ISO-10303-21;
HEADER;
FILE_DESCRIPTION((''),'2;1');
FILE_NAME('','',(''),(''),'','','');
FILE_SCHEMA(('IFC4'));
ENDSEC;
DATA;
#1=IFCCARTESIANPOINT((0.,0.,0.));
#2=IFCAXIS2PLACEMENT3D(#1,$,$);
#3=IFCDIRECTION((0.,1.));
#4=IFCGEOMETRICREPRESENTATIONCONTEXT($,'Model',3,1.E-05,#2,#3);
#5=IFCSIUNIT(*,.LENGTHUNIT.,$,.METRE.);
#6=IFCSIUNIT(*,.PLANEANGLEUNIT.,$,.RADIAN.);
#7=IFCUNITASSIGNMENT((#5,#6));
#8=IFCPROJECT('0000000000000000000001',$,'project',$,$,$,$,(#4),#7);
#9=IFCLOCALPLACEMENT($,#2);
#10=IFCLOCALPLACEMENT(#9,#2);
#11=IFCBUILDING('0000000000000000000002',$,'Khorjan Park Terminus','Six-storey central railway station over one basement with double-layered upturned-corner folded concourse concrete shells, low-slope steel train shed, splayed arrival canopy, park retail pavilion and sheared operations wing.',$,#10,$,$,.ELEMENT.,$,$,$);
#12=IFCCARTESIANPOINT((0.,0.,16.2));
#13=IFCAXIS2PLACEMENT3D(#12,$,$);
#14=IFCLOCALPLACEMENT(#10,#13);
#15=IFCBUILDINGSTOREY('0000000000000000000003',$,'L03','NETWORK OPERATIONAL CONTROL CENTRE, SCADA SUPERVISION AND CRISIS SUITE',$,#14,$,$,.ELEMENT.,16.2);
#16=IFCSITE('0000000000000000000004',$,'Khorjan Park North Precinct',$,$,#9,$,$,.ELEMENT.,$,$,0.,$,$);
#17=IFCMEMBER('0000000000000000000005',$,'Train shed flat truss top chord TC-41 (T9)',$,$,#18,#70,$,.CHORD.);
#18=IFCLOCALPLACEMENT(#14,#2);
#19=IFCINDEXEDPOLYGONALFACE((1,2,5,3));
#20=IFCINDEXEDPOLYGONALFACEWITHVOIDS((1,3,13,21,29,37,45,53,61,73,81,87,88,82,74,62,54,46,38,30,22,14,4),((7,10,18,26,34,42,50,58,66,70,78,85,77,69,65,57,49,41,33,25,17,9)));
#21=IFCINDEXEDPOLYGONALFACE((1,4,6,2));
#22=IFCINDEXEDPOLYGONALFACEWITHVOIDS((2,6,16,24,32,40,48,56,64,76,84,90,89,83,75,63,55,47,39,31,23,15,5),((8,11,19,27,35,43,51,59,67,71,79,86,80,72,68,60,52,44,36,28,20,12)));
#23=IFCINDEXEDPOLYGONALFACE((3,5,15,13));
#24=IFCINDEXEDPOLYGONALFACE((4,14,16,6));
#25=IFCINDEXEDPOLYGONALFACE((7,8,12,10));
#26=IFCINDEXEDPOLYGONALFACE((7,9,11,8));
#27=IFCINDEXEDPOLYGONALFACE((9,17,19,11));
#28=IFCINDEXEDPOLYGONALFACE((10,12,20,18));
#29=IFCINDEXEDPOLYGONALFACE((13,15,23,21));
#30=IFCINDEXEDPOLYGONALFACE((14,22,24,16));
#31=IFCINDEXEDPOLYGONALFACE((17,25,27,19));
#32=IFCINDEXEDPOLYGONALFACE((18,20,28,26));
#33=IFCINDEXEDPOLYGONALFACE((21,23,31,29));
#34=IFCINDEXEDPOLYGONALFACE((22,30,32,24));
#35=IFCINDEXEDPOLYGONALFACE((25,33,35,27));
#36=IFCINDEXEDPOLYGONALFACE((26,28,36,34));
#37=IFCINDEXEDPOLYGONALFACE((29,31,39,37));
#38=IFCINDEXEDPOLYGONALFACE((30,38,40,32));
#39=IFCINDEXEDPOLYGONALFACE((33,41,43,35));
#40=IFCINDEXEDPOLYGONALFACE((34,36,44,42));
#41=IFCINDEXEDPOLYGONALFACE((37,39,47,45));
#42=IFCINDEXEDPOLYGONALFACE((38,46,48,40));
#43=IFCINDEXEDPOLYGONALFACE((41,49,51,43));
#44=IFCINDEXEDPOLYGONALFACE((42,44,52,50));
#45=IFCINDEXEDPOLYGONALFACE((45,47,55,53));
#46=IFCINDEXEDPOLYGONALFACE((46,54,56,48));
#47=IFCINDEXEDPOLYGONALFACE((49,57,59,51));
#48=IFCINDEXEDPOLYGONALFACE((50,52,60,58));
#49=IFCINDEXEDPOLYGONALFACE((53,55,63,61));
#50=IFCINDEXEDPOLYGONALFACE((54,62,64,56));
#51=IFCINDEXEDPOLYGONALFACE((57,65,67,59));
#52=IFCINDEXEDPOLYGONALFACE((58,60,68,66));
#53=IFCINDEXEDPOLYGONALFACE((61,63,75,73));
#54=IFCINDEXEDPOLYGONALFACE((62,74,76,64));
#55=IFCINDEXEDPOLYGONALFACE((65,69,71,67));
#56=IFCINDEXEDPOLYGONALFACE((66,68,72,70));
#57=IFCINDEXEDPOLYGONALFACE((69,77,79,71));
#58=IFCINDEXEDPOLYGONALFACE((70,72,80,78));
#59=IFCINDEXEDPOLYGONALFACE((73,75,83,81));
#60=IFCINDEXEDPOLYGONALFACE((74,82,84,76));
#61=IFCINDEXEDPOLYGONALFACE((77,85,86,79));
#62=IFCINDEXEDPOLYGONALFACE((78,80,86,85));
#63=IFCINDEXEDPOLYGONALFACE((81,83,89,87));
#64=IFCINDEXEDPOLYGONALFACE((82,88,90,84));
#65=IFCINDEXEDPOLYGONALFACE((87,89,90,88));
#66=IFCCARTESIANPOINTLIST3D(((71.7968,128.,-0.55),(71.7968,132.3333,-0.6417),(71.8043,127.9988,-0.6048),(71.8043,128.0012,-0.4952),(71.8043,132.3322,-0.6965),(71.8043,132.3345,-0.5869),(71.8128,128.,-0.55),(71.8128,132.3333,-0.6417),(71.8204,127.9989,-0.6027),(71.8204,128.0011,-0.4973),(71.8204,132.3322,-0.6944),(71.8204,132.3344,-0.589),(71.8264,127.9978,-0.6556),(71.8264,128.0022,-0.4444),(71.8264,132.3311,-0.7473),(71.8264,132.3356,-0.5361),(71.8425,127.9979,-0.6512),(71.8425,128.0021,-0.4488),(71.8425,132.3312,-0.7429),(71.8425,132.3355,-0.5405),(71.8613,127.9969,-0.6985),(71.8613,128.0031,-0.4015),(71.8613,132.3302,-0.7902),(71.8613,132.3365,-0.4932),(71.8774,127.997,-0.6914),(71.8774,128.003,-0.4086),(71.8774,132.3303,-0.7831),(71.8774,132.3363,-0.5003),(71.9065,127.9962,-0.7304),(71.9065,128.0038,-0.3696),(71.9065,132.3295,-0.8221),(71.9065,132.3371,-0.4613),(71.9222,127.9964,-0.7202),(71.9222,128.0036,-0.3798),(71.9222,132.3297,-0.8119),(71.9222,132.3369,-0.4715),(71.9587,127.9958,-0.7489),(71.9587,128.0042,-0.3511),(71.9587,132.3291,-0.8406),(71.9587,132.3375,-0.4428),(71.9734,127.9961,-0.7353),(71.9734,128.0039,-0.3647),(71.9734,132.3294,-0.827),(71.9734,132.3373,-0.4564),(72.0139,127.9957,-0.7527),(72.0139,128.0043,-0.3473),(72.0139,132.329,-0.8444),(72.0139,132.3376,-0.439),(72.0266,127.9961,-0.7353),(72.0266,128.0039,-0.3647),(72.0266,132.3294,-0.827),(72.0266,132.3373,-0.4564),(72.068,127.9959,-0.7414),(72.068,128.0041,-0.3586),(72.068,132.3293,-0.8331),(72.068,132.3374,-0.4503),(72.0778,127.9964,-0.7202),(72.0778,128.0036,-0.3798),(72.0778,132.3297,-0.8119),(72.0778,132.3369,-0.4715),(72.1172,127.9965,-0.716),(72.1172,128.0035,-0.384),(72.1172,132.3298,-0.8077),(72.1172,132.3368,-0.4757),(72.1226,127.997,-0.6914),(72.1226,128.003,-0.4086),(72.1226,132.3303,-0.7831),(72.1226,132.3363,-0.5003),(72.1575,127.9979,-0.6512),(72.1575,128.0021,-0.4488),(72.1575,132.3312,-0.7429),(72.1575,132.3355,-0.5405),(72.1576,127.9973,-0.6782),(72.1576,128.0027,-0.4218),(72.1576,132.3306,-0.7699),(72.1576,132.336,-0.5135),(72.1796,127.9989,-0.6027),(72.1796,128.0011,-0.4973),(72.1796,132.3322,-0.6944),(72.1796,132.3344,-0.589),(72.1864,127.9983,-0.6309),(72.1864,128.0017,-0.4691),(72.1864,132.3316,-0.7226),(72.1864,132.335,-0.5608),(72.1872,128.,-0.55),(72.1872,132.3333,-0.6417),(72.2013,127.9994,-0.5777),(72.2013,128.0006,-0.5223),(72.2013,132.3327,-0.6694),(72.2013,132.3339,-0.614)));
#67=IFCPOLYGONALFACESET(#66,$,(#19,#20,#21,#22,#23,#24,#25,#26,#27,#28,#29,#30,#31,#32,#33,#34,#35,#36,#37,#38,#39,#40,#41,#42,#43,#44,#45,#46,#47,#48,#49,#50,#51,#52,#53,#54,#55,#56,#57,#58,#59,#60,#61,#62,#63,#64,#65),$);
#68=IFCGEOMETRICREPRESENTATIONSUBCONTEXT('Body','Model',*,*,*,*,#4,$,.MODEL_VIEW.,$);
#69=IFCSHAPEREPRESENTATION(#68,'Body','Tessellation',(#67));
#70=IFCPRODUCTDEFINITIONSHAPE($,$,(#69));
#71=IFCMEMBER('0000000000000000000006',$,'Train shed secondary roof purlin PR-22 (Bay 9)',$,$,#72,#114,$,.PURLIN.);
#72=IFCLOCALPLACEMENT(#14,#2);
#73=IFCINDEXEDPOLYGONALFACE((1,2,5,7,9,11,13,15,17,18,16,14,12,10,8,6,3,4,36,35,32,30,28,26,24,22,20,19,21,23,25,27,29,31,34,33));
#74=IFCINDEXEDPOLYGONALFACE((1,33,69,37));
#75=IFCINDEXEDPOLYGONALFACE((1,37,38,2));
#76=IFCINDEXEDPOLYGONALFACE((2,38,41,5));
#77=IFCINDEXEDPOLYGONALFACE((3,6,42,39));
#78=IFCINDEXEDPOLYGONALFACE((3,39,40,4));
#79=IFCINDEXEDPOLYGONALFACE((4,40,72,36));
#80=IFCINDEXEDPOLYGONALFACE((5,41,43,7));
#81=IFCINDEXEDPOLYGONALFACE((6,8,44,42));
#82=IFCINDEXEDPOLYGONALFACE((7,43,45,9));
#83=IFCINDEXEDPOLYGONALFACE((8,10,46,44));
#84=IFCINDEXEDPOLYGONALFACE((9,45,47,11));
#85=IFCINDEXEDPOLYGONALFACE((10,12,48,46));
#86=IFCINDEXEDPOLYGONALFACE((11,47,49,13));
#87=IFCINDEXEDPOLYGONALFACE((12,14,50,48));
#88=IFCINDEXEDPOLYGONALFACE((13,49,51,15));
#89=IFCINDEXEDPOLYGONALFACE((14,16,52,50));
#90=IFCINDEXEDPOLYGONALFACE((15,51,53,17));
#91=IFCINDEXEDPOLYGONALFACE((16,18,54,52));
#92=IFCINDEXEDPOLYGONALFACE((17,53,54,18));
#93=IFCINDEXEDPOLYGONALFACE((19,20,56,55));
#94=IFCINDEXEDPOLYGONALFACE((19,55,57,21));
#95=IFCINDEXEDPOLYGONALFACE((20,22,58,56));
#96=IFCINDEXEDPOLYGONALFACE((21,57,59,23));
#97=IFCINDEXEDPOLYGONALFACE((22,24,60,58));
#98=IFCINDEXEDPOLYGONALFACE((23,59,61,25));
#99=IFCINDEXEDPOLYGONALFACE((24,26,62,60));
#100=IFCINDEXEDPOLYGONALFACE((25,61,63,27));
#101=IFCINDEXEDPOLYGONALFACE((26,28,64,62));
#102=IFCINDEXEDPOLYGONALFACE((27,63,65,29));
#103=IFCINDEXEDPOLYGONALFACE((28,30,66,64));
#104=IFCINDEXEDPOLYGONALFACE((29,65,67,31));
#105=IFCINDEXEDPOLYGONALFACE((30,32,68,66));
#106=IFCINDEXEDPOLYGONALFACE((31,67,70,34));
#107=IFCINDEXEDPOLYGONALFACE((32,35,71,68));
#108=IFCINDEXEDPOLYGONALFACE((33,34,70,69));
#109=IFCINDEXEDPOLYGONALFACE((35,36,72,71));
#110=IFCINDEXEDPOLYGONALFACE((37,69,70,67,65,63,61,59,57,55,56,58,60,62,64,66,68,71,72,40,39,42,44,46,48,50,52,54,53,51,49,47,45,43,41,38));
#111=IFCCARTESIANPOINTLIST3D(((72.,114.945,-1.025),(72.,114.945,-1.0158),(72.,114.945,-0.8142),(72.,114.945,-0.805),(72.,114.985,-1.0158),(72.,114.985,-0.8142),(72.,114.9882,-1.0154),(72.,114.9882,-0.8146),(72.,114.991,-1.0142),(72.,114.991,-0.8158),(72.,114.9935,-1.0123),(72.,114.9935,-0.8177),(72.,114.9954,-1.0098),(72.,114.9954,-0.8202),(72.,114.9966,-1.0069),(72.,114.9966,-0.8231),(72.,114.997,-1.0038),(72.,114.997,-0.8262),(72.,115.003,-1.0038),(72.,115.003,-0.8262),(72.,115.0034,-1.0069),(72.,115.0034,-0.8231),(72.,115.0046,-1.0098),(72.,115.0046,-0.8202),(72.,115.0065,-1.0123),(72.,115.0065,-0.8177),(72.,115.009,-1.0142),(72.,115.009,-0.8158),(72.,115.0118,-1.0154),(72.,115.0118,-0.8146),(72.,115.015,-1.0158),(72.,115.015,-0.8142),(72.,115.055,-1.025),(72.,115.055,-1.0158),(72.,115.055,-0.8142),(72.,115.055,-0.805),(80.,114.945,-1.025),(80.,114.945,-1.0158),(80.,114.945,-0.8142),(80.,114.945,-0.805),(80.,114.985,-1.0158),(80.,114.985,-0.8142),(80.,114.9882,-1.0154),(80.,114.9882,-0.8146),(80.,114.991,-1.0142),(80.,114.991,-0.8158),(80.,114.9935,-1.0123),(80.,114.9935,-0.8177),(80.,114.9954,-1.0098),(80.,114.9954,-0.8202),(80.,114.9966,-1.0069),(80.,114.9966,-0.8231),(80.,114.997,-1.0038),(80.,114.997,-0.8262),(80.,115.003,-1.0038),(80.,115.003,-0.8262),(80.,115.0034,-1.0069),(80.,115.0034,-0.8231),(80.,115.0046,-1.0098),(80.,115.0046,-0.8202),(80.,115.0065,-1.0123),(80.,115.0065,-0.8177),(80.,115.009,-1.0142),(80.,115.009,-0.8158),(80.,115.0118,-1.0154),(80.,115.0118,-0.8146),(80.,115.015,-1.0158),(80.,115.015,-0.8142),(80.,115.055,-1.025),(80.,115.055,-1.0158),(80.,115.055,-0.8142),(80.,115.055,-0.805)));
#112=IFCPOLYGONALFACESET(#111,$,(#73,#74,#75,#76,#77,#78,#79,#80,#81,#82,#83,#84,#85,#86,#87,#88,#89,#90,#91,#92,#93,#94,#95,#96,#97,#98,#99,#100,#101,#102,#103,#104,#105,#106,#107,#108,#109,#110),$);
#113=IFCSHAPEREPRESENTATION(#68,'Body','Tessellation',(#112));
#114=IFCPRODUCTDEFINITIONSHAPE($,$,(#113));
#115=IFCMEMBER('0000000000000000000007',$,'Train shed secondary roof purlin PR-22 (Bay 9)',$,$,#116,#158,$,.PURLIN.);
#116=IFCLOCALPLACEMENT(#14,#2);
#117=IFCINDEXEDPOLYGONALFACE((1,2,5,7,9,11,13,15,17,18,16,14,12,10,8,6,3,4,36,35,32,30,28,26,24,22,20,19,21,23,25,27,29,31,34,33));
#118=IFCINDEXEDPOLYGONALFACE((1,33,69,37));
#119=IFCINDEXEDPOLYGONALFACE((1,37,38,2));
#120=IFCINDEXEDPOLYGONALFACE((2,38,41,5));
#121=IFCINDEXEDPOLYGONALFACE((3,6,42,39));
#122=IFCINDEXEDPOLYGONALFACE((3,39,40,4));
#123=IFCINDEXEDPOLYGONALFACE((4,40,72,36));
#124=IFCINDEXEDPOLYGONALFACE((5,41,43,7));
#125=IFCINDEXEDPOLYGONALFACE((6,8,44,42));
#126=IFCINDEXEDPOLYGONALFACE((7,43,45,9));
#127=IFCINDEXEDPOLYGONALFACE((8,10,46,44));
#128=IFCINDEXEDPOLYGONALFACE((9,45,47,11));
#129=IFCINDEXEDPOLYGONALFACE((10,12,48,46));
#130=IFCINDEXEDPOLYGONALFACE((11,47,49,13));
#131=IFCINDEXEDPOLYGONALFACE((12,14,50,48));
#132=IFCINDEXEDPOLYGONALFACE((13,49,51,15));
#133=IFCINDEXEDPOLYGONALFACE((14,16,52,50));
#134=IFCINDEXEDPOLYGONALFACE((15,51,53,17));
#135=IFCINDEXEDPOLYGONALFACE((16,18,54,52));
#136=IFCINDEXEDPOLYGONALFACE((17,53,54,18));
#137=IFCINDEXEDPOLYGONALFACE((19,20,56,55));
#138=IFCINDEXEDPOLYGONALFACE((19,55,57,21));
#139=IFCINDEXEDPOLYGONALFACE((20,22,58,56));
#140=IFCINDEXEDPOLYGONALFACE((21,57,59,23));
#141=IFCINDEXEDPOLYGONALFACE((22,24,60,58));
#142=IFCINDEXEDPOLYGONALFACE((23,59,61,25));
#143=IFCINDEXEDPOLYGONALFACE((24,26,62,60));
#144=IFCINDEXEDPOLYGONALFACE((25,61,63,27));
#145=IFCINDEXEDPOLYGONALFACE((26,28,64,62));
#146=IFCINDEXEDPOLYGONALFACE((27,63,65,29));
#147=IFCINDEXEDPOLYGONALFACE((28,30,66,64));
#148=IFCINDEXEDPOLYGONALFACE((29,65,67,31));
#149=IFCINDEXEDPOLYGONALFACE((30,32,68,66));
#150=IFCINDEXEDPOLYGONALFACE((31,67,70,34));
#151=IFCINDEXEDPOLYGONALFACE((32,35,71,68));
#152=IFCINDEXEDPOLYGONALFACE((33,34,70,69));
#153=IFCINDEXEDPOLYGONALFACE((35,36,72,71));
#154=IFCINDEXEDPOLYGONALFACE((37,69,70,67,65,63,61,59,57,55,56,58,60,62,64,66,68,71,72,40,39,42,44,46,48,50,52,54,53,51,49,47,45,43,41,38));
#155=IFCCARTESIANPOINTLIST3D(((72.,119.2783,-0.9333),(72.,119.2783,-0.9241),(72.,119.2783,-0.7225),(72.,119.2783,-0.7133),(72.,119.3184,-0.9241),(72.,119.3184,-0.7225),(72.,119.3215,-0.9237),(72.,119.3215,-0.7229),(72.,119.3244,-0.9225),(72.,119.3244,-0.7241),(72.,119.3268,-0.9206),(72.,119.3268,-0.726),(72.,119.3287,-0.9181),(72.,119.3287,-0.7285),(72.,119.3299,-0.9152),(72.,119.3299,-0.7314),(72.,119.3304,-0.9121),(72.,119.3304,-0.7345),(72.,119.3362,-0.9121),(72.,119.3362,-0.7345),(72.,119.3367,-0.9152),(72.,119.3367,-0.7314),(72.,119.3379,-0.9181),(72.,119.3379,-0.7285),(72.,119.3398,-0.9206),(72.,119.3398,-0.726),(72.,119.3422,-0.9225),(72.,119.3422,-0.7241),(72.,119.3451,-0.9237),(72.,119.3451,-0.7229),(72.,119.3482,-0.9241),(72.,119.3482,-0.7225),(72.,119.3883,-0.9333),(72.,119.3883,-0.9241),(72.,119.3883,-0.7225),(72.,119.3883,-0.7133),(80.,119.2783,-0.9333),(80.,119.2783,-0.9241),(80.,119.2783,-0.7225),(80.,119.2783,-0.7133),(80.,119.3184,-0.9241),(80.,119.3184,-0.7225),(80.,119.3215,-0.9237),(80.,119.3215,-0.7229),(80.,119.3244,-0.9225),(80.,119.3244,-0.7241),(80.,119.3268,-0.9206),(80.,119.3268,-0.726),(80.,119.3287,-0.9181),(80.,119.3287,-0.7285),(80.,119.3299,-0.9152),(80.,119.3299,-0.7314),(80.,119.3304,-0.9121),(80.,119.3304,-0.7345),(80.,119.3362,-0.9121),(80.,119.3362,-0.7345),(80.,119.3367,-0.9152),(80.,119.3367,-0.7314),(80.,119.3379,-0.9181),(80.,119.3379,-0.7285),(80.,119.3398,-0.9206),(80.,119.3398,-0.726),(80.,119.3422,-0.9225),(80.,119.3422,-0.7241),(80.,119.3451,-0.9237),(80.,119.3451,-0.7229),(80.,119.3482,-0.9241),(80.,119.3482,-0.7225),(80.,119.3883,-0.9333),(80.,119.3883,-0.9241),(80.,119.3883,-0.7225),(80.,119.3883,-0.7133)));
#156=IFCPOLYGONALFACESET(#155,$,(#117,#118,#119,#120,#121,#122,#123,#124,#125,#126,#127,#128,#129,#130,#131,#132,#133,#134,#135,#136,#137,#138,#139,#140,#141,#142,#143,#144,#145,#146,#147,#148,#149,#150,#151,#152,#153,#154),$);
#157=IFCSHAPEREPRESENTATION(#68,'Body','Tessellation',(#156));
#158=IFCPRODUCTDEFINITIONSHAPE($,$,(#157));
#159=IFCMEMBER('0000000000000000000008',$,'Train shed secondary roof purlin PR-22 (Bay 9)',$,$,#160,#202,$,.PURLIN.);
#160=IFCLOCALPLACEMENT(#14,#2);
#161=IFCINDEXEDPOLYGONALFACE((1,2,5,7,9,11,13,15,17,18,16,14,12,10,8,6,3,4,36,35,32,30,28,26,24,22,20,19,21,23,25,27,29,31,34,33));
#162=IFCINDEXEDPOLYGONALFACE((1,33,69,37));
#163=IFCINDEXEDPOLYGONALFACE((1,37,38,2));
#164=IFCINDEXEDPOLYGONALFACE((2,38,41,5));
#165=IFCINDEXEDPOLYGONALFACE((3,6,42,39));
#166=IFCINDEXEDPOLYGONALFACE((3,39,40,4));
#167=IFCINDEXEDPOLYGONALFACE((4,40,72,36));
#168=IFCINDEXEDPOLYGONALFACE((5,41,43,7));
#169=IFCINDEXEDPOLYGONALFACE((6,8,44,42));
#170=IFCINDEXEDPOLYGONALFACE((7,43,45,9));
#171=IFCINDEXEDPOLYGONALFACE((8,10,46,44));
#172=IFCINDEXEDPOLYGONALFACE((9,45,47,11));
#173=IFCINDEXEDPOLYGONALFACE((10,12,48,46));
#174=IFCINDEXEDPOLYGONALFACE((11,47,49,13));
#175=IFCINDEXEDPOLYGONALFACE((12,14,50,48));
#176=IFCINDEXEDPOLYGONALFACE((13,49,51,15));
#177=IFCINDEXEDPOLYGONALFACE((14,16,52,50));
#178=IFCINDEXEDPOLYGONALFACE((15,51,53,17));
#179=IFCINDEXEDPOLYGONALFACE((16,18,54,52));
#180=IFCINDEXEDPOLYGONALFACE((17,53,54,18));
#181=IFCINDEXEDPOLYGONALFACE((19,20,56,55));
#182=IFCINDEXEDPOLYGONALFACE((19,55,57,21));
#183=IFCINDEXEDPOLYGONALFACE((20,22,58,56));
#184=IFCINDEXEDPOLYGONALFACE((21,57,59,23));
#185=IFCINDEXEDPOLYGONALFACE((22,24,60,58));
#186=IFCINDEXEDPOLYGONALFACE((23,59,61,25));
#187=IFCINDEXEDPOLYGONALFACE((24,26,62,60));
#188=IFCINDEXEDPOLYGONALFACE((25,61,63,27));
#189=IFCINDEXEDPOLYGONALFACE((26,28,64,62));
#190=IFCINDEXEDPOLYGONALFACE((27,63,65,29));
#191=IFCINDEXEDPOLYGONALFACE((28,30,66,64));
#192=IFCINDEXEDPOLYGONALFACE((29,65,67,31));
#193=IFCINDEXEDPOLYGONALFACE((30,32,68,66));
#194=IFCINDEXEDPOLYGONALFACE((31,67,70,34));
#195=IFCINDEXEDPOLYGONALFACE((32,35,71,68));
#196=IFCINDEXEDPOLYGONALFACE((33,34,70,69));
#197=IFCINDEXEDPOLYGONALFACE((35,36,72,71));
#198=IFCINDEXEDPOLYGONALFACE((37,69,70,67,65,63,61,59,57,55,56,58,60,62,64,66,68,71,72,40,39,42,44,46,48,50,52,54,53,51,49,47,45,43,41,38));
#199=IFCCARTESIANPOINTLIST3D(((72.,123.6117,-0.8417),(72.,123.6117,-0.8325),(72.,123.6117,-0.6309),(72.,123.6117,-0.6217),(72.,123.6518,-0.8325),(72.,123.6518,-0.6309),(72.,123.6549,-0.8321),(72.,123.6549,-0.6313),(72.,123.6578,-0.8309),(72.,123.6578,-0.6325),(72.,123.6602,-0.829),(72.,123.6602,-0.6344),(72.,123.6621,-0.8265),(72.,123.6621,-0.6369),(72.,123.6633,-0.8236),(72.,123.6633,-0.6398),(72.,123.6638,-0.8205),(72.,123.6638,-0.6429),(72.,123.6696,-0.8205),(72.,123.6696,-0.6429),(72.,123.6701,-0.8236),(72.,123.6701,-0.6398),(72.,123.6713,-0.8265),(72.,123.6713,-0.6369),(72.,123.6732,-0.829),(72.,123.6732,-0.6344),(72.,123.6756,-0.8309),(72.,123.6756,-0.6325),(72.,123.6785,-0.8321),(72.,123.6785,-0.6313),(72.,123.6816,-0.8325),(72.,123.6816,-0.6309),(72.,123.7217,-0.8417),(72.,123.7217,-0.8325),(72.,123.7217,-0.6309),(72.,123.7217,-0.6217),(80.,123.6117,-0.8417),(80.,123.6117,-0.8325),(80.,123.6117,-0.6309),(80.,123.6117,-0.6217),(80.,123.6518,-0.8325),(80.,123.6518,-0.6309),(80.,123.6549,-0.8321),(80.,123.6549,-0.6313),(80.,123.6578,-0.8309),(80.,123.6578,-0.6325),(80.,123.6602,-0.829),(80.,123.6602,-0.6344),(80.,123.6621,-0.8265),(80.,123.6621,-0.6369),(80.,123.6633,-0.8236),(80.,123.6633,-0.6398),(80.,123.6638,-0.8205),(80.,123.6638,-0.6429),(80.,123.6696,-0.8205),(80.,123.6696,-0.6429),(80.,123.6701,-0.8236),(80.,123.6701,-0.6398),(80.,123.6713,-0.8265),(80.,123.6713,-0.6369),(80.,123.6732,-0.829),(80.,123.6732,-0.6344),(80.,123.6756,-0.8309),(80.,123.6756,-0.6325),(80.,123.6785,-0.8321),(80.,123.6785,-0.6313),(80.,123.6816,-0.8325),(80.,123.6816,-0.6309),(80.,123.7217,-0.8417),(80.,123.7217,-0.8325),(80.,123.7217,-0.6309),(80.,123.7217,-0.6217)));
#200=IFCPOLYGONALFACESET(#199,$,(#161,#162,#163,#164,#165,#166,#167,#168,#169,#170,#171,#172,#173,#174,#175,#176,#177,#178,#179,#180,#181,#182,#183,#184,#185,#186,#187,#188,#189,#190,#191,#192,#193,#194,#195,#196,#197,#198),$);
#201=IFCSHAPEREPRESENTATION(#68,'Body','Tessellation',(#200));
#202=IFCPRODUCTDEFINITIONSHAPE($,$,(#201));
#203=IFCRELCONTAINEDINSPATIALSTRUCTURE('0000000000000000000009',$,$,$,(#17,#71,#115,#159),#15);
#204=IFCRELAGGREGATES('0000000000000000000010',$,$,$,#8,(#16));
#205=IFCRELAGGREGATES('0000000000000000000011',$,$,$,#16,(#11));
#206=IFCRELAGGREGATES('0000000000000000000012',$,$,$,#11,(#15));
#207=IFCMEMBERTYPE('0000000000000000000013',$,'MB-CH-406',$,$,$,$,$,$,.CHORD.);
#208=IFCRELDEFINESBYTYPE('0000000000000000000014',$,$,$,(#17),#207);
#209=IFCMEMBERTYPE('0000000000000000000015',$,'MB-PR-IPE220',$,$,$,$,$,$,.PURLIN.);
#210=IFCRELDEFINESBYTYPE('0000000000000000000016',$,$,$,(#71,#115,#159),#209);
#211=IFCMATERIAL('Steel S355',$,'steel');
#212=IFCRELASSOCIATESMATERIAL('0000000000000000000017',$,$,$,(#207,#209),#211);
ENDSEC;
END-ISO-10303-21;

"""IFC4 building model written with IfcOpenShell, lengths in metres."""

from ifc_helpers import new_model, si_unit, direction, frame, origin, origin_2d, place, context, subcontext, project, spatial, hollow_circle, i_section, extrude, material, material_profile, profile_set, type_object, element, save


model = new_model("IFC4")

# Units and contexts
model_context = context("Model", 3, precision=1e-05, world=origin(), true_north=direction((0.0, 1.0)))
body_context = subcontext(model_context, "Body", "Model", "MODEL_VIEW")
ifc_project = project(units=[si_unit("LENGTHUNIT", "METRE"), si_unit("PLANEANGLEUNIT", "RADIAN")], contexts=[model_context])

# Site, building, storey
site_placement = place(None, origin())
site = spatial("IfcSite", under=ifc_project, at=site_placement, Name="Khorjan Park North Precinct", CompositionType="ELEMENT", RefElevation=0.0)
building_placement = place(site_placement, origin())
building = spatial("IfcBuilding", under=site, at=building_placement, Name="Khorjan Park Terminus", Description="Six-storey central railway station over one basement with double-layered upturned-corner folded concourse concrete shells, low-slope steel train shed, splayed arrival canopy, park retail pavilion and sheared operations wing.", CompositionType="ELEMENT")
storey_placement = place(building_placement, frame((0.0, 0.0, 16.2)))
storey = spatial("IfcBuildingStorey", under=building, at=storey_placement, Name="L03", Description="NETWORK OPERATIONAL CONTROL CENTRE, SCADA SUPERVISION AND CRISIS SUITE", CompositionType="ELEMENT", Elevation=16.2)

# Members
ifc_material = material(Name="Steel S355", Category="steel")
ifc_material_profile_1 = material_profile(ifc_material, hollow_circle(Radius=0.2032, WallThickness=0.016, at=origin_2d()), Name="CHS 406.4x16")
ifc_profile_set_1 = profile_set([ifc_material_profile_1], Name="Steel S355")
member_type_1 = type_object("IfcMemberType", Name="MB-CH-406", PredefinedType="CHORD", material=ifc_profile_set_1)
for number, where, z_axis, x_axis, name in (
    (1, (72.0, 128.0, -0.55), (0.0, 0.999776, -0.021157), (-1.0, 0.0, 0.0), "Train shed flat truss top chord TC-41 (T9)"),
):
    element("IfcMember", number, at=place(storey_placement, frame(where, z_axis=z_axis, x_axis=x_axis)), inside=storey, type_object=member_type_1, Name=name, PredefinedType="CHORD", context=body_context, shape_type="SweptSolid", body=[
        extrude(hollow_circle(Radius=0.2032, WallThickness=0.016, at=origin_2d()), origin(), (0.0, 0.0, 1.0), 4.3343),
    ])
ifc_material_profile_2 = material_profile(ifc_material, i_section(OverallWidth=0.11, OverallDepth=0.22, WebThickness=0.0059, FlangeThickness=0.0092, FilletRadius=0.012, at=origin_2d()), Name="IPE 220")
ifc_profile_set_2 = profile_set([ifc_material_profile_2], Name="Steel S355")
member_type_2 = type_object("IfcMemberType", Name="MB-PR-IPE220", PredefinedType="PURLIN", material=ifc_profile_set_2)
for number, where, z_axis, x_axis, name in (
    (2, (72.0, 115.0, -0.915), (1.0, 0.0, 0.0), (0.0, 1.0, 0.0), "Train shed secondary roof purlin PR-22 (Bay 9)"),
    (3, (72.0, 119.3333, -0.8233), (1.0, 0.0, 0.0), (0.0, 1.0, 0.0), "Train shed secondary roof purlin PR-22 (Bay 9)"),
    (4, (72.0, 123.6667, -0.7317), (1.0, 0.0, 0.0), (0.0, 1.0, 0.0), "Train shed secondary roof purlin PR-22 (Bay 9)"),
):
    element("IfcMember", number, at=place(storey_placement, frame(where, z_axis=z_axis, x_axis=x_axis)), inside=storey, type_object=member_type_2, Name=name, PredefinedType="PURLIN", context=body_context, shape_type="SweptSolid", body=[
        extrude(i_section(OverallWidth=0.11, OverallDepth=0.22, WebThickness=0.0059, FlangeThickness=0.0092, FilletRadius=0.012, at=origin_2d()), origin(), (0.0, 0.0, 1.0), 8.0),
    ])

save(model, "model.ifc")
